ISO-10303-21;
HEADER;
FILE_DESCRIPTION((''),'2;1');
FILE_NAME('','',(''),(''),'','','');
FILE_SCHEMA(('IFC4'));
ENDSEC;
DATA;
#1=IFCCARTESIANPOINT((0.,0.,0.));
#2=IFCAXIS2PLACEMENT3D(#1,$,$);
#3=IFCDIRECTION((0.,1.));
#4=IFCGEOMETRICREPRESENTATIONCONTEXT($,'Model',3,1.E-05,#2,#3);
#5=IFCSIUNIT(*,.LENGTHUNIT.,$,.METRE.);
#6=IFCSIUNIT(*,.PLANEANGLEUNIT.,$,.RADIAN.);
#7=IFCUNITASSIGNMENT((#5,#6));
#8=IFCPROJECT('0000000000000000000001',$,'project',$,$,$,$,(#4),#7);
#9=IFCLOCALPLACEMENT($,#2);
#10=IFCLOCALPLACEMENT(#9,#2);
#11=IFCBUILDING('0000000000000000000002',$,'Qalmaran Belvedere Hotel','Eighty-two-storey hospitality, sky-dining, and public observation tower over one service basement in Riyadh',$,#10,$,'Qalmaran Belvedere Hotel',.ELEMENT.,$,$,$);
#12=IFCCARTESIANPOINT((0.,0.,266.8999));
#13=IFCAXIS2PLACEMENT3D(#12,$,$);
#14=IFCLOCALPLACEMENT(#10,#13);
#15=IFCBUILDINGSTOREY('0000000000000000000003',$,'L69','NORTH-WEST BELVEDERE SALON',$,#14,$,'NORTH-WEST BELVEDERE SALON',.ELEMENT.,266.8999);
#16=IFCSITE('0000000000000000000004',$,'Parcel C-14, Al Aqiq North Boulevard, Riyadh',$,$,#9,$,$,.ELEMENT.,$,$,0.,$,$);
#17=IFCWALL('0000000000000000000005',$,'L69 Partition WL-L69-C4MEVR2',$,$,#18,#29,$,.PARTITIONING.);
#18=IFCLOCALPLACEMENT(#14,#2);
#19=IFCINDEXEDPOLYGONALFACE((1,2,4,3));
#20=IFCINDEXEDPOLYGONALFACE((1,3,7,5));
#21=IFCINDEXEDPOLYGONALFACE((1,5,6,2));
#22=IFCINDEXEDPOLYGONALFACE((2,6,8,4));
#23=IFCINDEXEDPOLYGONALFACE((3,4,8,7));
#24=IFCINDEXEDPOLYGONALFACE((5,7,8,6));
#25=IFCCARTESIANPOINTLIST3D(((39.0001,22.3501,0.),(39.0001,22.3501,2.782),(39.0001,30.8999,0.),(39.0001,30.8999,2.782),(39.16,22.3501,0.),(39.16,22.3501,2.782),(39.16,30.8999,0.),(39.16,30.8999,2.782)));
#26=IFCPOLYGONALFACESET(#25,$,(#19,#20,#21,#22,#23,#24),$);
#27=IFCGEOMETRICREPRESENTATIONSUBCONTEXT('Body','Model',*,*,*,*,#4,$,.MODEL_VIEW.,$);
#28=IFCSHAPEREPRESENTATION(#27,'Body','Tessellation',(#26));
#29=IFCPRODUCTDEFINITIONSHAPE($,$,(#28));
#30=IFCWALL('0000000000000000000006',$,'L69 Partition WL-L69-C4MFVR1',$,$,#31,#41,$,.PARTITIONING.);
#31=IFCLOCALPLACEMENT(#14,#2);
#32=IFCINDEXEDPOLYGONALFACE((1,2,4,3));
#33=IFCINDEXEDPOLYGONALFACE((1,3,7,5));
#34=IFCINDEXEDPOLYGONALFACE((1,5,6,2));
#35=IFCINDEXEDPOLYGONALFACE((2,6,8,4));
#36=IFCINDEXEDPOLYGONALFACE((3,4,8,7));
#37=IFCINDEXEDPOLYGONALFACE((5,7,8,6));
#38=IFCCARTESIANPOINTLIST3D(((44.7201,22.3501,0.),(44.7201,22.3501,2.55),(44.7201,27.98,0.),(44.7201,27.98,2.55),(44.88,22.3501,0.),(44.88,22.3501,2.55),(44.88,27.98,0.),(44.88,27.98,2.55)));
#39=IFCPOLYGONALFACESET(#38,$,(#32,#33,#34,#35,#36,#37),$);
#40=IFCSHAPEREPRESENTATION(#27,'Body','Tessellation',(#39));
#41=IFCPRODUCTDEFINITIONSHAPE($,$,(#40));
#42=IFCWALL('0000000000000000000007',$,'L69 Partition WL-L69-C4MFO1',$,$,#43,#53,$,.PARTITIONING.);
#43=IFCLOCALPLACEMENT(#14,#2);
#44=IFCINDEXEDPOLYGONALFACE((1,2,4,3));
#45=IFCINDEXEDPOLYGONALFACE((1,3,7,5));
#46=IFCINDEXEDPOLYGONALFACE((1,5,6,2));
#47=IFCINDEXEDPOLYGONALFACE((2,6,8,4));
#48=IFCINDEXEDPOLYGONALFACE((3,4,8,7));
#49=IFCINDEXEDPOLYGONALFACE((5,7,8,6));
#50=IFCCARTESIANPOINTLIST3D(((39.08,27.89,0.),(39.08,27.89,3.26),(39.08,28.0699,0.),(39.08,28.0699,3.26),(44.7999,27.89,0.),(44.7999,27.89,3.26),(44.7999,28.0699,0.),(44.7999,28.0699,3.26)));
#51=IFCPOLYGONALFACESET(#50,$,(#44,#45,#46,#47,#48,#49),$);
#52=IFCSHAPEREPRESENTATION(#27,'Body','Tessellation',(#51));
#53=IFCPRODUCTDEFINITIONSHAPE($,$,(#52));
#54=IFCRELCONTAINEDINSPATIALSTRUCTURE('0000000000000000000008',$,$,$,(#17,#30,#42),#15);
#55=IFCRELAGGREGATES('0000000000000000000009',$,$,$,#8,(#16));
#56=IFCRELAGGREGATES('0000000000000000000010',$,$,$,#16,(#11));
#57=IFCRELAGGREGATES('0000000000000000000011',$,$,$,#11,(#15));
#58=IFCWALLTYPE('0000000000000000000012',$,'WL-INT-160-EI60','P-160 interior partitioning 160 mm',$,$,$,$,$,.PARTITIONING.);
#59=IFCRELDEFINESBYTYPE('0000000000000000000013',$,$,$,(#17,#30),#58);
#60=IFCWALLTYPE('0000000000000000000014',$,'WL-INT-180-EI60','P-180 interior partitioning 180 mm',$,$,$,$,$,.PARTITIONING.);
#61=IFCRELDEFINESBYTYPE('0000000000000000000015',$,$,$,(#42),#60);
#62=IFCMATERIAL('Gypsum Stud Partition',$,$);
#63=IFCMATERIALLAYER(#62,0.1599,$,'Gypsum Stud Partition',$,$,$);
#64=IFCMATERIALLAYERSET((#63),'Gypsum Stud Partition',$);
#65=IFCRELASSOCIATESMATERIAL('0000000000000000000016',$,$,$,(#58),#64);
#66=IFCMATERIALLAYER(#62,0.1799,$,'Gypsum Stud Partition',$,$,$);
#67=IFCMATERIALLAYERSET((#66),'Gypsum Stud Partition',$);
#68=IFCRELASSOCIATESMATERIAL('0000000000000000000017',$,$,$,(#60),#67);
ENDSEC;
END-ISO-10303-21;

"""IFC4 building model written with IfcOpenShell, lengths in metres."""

from ifc_helpers import new_model, si_unit, direction, frame, frame_2d, origin, place, context, subcontext, project, spatial, rectangle, extrude, material, layer, layer_set, type_object, element, save


model = new_model("IFC4")

# Units and contexts
model_context = context("Model", 3, precision=1e-05, world=origin(), true_north=direction((0.0, 1.0)))
body_context = subcontext(model_context, "Body", "Model", "MODEL_VIEW")
ifc_project = project(units=[si_unit("LENGTHUNIT", "METRE"), si_unit("PLANEANGLEUNIT", "RADIAN")], contexts=[model_context])

# Site, building, storey
site_placement = place(None, origin())
site = spatial("IfcSite", under=ifc_project, at=site_placement, Name="Parcel C-14, Al Aqiq North Boulevard, Riyadh", CompositionType="ELEMENT", RefElevation=0.0)
building_placement = place(site_placement, origin())
building = spatial("IfcBuilding", under=site, at=building_placement, Name="Qalmaran Belvedere Hotel", Description="Eighty-two-storey hospitality, sky-dining, and public observation tower over one service basement in Riyadh", LongName="Qalmaran Belvedere Hotel", CompositionType="ELEMENT")
storey_placement = place(building_placement, frame((0.0, 0.0, 266.8999)))
storey = spatial("IfcBuildingStorey", under=building, at=storey_placement, Name="L69", Description="NORTH-WEST BELVEDERE SALON", LongName="NORTH-WEST BELVEDERE SALON", CompositionType="ELEMENT", Elevation=266.8999)

# Shared definitions
ifc_material_1 = material(Name="Gypsum Stud Partition")
ifc_layer_1 = layer(ifc_material_1, 0.1599, Name="Gypsum Stud Partition")
ifc_layer_set_1 = layer_set([ifc_layer_1], Name="Gypsum Stud Partition")
wall_type_1 = type_object("IfcWallType", Name="WL-INT-160-EI60", Description="P-160 interior partitioning 160 mm", PredefinedType="PARTITIONING", material=ifc_layer_set_1)

# Walls
wall_1_placement = place(storey_placement, frame((39.0801, 22.3501, 0.0), z_axis=(0.0, 0.0, 1.0), x_axis=(0.0, 1.0, 0.0)))
element("IfcWall", 1, at=wall_1_placement, inside=storey, type_object=wall_type_1, Name="L69 Partition WL-L69-C4MEVR2", PredefinedType="PARTITIONING", context=body_context, shape_type="SweptSolid", body=[
    extrude(rectangle(XDim=8.5498, YDim=0.1599, at=frame_2d((4.2749, 0.0))), origin(), (0.0, 0.0, 1.0), 2.782),
])
wall_2_placement = place(storey_placement, frame((44.8, 22.3501, 0.0), z_axis=(0.0, 0.0, 1.0), x_axis=(0.0, 1.0, 0.0)))
element("IfcWall", 2, at=wall_2_placement, inside=storey, type_object=wall_type_1, Name="L69 Partition WL-L69-C4MFVR1", PredefinedType="PARTITIONING", context=body_context, shape_type="SweptSolid", body=[
    extrude(rectangle(XDim=5.6299, YDim=0.1599, at=frame_2d((2.8149, 0.0))), origin(), (0.0, 0.0, 1.0), 2.55),
])

# Shared definitions
ifc_layer_2 = layer(ifc_material_1, 0.1799, Name="Gypsum Stud Partition")
ifc_layer_set_2 = layer_set([ifc_layer_2], Name="Gypsum Stud Partition")
wall_type_2 = type_object("IfcWallType", Name="WL-INT-180-EI60", Description="P-180 interior partitioning 180 mm", PredefinedType="PARTITIONING", material=ifc_layer_set_2)

# Wall
wall_3_placement = place(storey_placement, frame((39.0801, 27.98, 0.0), z_axis=(0.0, 0.0, 1.0), x_axis=(1.0, 0.0, 0.0)))
element("IfcWall", 3, at=wall_3_placement, inside=storey, type_object=wall_type_2, Name="L69 Partition WL-L69-C4MFO1", PredefinedType="PARTITIONING", context=body_context, shape_type="SweptSolid", body=[
    extrude(rectangle(XDim=5.72, YDim=0.1799, at=frame_2d((2.8599, 0.0))), origin(), (0.0, 0.0, 1.0), 3.26),
])

save(model, "model.ifc")
